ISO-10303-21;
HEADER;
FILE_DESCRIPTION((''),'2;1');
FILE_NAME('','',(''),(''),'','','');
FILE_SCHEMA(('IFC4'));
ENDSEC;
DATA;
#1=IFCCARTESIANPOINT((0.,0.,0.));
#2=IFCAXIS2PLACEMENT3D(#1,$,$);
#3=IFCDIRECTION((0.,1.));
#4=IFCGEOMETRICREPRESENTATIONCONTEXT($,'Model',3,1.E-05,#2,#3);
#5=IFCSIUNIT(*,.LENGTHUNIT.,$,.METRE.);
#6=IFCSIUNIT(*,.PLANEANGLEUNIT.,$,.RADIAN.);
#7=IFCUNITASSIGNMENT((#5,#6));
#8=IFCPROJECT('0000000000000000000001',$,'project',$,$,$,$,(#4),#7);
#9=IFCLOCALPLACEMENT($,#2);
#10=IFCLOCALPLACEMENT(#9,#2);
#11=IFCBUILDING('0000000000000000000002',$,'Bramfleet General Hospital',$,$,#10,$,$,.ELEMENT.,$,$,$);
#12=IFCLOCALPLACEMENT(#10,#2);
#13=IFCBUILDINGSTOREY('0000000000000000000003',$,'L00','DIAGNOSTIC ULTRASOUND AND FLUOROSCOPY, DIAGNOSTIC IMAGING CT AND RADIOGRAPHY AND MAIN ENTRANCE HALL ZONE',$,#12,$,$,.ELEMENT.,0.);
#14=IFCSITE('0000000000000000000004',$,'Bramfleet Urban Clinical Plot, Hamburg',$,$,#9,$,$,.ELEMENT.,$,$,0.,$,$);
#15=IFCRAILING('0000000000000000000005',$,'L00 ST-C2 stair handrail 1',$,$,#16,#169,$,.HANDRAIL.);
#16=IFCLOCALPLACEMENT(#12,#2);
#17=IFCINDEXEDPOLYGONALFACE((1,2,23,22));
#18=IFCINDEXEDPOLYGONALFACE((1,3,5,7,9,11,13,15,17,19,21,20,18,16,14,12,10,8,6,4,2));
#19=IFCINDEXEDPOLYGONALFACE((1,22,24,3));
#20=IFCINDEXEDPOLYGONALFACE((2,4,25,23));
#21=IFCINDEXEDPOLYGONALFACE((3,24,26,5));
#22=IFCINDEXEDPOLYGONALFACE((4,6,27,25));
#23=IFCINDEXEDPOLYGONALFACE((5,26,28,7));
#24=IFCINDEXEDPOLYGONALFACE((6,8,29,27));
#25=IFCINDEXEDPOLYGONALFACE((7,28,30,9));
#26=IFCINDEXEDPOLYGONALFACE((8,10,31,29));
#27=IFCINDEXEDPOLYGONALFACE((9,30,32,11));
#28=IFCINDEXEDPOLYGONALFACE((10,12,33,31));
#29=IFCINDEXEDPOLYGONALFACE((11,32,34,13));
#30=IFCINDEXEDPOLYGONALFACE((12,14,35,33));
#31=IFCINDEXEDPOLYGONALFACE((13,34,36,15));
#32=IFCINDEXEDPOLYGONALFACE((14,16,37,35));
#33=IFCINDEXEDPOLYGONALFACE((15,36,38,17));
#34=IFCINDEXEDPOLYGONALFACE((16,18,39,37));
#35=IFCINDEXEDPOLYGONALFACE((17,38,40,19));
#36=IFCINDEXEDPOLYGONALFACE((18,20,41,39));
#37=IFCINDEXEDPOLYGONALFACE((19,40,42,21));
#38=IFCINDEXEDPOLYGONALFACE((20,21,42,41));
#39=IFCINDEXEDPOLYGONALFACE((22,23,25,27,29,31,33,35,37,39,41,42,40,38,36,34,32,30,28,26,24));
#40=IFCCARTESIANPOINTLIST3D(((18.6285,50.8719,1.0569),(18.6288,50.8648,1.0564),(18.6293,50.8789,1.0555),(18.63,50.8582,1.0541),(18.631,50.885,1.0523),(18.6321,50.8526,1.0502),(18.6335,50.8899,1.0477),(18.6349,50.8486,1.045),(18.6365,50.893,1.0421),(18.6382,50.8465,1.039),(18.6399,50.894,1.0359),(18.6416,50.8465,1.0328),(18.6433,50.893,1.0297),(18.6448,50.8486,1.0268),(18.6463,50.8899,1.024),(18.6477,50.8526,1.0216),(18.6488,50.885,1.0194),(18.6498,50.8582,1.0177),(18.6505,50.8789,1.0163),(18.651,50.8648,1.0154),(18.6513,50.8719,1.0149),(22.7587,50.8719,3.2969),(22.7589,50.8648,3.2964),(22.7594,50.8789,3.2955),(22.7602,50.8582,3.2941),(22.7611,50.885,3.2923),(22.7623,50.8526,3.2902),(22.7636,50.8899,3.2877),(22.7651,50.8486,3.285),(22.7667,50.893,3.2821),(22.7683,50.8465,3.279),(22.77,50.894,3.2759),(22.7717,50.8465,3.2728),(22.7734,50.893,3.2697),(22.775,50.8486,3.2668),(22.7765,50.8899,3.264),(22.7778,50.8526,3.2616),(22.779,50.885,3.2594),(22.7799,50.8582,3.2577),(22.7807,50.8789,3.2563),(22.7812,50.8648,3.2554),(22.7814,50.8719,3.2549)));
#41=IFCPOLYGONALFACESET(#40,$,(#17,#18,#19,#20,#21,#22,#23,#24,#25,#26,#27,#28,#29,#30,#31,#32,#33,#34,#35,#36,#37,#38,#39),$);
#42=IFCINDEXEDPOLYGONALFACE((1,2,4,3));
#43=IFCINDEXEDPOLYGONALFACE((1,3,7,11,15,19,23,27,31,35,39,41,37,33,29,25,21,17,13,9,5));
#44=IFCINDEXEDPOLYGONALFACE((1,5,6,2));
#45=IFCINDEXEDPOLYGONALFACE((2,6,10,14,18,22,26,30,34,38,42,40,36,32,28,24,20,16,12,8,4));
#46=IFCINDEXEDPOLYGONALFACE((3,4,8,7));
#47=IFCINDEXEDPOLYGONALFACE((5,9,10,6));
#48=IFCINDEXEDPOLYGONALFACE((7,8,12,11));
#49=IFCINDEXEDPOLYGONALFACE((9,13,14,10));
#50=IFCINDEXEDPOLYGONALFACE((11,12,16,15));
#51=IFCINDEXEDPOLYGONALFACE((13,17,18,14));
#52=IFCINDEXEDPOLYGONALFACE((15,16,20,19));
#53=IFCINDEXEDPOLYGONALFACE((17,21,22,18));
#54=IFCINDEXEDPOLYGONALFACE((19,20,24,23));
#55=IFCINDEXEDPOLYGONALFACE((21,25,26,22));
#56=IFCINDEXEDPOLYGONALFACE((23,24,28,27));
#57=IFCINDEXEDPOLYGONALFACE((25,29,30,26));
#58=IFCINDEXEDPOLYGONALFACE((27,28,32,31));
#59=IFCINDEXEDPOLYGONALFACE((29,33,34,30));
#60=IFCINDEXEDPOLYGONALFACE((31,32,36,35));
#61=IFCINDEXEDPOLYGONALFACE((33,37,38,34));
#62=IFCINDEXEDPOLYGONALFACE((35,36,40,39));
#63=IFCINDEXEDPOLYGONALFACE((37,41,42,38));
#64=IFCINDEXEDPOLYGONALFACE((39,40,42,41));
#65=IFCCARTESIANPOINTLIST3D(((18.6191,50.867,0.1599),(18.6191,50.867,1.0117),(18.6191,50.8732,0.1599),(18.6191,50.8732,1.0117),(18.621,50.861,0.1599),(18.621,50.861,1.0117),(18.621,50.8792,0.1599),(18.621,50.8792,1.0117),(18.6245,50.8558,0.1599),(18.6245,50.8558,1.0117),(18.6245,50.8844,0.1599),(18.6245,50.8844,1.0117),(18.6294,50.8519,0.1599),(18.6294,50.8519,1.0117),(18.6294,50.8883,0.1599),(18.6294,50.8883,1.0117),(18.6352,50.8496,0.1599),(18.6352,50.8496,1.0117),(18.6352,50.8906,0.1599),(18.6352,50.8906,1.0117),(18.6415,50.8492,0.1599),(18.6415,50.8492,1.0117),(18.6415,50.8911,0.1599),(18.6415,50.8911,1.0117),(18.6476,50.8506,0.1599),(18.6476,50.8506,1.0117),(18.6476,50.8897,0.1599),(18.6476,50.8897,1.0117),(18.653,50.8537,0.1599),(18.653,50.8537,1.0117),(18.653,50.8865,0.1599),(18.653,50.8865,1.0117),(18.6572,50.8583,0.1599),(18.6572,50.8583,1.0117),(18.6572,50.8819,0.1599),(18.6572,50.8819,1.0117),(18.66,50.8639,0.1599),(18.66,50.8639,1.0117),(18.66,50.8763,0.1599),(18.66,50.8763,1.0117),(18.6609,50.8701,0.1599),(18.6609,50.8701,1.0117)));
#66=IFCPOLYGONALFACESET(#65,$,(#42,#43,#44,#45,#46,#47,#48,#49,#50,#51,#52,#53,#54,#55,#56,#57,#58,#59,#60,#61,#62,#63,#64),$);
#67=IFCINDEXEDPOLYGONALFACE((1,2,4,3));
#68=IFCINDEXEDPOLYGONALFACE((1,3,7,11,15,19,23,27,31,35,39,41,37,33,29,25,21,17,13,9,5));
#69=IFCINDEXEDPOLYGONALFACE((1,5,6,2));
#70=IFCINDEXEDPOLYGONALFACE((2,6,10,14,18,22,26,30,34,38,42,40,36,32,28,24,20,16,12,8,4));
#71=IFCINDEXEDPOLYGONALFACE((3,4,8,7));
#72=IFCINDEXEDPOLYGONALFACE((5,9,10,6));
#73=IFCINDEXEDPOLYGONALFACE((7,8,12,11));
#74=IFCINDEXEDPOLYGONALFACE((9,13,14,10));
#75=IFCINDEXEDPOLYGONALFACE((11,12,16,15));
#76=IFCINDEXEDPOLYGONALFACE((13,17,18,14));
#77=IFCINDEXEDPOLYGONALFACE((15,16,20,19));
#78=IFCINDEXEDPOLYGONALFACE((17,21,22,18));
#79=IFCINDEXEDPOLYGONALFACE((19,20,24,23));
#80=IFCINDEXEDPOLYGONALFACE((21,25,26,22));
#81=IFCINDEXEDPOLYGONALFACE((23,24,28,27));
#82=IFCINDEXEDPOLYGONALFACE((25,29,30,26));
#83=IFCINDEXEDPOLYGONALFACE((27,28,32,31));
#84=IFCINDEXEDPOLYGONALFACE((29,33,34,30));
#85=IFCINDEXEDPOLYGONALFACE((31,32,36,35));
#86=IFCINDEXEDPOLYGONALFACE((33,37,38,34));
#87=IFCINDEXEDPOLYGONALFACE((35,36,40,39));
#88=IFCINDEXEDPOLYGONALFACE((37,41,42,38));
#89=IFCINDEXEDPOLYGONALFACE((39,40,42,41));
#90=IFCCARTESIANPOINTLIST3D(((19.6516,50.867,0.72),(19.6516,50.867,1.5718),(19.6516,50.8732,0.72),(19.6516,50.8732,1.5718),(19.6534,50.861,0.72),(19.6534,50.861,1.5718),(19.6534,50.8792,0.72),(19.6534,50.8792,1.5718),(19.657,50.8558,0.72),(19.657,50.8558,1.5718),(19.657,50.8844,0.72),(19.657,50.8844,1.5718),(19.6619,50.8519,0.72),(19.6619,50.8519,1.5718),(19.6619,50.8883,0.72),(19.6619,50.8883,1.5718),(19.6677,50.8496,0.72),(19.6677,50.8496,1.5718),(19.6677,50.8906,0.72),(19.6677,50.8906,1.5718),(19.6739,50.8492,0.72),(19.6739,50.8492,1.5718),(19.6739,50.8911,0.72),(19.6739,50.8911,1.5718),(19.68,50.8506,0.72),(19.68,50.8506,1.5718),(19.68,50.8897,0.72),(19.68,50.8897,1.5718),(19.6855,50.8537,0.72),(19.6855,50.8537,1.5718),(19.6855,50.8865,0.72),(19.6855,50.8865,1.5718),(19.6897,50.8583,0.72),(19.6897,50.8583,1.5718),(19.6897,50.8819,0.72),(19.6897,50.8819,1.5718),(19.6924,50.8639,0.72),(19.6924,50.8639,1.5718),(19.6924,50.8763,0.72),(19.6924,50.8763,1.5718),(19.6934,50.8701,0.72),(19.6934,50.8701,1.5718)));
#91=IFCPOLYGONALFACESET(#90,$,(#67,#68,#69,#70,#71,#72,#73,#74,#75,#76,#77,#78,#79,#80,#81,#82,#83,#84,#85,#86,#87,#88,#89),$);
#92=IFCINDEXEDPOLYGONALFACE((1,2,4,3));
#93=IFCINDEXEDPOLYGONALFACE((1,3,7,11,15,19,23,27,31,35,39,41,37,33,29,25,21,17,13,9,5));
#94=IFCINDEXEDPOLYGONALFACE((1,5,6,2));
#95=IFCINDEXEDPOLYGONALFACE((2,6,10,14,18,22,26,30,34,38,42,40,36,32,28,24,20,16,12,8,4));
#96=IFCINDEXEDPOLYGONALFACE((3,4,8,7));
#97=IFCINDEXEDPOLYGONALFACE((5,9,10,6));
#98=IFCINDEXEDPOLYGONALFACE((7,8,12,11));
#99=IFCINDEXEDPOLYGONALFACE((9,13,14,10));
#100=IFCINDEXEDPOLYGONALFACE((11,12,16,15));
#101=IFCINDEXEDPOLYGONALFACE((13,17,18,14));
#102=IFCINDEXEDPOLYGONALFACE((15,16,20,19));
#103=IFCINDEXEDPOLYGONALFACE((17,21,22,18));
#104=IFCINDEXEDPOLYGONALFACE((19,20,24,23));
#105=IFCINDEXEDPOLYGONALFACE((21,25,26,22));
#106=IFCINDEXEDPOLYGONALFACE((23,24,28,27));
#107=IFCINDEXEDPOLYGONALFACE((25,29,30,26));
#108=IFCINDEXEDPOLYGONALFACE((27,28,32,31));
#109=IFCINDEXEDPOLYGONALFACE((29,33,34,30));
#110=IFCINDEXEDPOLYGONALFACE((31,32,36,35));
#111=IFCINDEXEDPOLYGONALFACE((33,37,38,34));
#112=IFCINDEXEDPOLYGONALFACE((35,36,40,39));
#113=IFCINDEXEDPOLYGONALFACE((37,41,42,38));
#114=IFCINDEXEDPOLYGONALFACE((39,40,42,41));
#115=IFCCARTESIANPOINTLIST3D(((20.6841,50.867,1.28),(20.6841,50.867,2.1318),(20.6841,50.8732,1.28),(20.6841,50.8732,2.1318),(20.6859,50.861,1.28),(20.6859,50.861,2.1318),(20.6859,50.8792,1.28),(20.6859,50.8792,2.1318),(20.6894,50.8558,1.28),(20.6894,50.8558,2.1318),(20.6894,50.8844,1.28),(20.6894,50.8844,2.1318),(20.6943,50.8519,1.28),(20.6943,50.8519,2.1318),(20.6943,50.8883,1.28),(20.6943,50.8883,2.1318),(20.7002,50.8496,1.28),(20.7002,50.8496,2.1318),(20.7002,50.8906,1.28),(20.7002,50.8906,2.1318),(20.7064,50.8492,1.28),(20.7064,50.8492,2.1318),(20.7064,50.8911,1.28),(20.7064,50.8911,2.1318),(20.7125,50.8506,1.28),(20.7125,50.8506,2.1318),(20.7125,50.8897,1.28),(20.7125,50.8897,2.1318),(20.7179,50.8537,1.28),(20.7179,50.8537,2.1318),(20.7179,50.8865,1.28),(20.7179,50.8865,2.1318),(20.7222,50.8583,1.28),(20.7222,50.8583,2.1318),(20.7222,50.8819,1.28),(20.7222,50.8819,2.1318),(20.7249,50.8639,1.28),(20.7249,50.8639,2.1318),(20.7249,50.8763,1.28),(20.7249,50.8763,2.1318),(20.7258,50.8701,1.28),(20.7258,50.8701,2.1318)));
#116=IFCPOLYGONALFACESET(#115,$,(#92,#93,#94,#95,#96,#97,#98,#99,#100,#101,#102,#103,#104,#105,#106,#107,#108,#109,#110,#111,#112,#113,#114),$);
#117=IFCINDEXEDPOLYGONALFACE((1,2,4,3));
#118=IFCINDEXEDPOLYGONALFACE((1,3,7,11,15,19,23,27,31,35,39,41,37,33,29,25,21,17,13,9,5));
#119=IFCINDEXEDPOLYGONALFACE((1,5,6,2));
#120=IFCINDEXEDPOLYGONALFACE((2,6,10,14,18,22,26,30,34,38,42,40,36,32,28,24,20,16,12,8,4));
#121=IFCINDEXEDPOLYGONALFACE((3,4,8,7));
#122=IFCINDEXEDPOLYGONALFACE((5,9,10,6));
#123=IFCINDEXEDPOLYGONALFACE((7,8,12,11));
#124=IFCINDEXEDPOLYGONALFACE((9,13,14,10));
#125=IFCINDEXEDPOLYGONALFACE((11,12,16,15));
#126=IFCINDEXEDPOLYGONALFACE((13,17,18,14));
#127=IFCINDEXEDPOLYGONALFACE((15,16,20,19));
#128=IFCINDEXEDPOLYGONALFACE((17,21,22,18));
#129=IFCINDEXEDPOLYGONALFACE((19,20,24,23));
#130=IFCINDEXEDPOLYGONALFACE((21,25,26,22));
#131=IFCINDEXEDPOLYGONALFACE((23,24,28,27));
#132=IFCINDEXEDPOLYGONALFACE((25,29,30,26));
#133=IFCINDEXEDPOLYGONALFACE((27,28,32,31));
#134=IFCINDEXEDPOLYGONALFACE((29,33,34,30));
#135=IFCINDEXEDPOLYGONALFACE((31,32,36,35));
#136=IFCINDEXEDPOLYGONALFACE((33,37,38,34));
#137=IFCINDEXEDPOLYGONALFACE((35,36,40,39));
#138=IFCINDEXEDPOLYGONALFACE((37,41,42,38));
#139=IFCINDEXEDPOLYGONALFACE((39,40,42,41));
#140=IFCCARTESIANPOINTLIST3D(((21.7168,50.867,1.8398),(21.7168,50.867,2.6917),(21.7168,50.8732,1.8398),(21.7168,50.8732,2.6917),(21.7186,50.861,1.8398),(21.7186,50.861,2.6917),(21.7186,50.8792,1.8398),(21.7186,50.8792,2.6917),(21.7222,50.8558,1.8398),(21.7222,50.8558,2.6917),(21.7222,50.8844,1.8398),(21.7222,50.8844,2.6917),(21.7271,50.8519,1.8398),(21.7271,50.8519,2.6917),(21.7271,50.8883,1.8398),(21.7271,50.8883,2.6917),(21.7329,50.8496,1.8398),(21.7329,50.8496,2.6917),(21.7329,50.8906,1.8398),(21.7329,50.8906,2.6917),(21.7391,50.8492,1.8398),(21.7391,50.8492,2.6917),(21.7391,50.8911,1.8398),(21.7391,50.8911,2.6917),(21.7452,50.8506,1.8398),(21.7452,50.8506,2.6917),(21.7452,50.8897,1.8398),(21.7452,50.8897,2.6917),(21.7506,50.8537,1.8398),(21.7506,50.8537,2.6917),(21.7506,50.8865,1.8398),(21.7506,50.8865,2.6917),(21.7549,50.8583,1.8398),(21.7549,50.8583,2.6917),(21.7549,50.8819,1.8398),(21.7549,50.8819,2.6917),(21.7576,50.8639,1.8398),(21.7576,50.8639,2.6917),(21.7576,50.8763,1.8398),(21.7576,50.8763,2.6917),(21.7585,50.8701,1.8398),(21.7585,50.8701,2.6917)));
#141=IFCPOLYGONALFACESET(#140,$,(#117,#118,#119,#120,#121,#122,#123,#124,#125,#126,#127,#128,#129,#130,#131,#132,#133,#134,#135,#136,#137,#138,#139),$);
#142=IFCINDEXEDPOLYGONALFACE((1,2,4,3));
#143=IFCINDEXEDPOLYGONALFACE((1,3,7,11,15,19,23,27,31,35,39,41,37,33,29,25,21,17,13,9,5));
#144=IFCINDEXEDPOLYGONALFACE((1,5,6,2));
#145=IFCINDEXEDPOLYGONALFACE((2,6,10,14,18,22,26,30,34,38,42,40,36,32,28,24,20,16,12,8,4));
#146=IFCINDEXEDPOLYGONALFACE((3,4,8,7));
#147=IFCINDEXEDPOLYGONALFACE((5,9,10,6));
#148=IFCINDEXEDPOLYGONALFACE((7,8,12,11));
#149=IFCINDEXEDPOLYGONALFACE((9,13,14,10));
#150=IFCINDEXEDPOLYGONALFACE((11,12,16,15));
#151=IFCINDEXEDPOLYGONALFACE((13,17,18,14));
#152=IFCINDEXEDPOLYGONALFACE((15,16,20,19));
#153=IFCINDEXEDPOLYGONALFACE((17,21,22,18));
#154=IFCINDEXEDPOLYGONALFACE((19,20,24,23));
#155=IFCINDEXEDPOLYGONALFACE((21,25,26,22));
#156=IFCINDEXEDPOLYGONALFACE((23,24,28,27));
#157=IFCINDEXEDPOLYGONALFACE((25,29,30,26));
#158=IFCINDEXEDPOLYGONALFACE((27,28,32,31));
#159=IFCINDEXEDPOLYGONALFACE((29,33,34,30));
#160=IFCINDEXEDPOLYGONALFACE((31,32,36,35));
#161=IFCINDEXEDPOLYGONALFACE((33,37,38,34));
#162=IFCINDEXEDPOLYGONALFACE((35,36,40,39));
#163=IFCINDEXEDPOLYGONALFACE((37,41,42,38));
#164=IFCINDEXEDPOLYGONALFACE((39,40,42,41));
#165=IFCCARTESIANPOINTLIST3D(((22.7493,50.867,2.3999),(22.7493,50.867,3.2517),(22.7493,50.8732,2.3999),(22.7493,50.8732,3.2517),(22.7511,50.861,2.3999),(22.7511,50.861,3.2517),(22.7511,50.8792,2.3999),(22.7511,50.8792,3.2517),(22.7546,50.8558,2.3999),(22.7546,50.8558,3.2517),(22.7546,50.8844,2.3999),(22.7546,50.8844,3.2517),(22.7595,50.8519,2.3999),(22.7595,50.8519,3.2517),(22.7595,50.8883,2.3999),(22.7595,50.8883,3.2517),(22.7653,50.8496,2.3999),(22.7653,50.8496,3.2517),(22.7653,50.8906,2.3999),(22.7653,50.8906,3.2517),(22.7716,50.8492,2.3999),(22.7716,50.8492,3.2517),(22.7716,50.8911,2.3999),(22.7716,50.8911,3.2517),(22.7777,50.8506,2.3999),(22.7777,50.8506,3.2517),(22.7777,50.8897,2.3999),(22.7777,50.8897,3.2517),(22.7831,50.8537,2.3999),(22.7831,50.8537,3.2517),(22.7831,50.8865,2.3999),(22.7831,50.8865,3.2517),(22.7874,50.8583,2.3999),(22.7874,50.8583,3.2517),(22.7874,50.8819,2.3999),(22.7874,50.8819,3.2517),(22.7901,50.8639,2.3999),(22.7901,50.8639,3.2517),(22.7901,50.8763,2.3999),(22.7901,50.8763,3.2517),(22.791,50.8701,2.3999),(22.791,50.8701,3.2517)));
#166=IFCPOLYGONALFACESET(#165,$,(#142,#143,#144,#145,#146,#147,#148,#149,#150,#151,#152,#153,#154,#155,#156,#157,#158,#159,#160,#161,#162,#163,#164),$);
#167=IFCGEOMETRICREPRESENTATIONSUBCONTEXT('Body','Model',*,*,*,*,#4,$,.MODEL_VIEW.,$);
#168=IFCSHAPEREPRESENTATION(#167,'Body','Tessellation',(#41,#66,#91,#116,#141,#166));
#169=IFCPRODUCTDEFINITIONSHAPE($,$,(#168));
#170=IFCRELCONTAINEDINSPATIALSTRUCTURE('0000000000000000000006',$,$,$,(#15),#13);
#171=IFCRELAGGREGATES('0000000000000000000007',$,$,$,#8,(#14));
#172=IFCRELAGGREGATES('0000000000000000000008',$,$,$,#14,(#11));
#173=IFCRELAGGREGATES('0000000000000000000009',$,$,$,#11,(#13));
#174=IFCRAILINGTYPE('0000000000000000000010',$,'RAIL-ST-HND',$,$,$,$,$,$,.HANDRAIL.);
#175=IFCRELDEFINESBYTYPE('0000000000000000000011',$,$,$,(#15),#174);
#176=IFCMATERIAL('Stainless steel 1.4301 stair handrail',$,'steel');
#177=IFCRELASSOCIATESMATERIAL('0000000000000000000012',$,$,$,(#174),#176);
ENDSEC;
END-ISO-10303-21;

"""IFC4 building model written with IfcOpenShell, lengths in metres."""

from ifc_helpers import new_model, si_unit, direction, frame, origin, origin_2d, place, context, subcontext, project, spatial, circle, extrude, material, type_object, element, save


model = new_model("IFC4")

# Units and contexts
model_context = context("Model", 3, precision=1e-05, world=origin(), true_north=direction((0.0, 1.0)))
body_context = subcontext(model_context, "Body", "Model", "MODEL_VIEW")
ifc_project = project(units=[si_unit("LENGTHUNIT", "METRE"), si_unit("PLANEANGLEUNIT", "RADIAN")], contexts=[model_context])

# Site, building, storey
site_placement = place(None, origin())
site = spatial("IfcSite", under=ifc_project, at=site_placement, Name="Bramfleet Urban Clinical Plot, Hamburg", CompositionType="ELEMENT", RefElevation=0.0)
building_placement = place(site_placement, origin())
building = spatial("IfcBuilding", under=site, at=building_placement, Name="Bramfleet General Hospital", CompositionType="ELEMENT")
storey_placement = place(building_placement, origin())
storey = spatial("IfcBuildingStorey", under=building, at=storey_placement, Name="L00", Description="DIAGNOSTIC ULTRASOUND AND FLUOROSCOPY, DIAGNOSTIC IMAGING CT AND RADIOGRAPHY AND MAIN ENTRANCE HALL ZONE", CompositionType="ELEMENT", Elevation=0.0)

# Railing
ifc_material_1 = material(Name="Stainless steel 1.4301 stair handrail", Category="steel")
railing_type_1 = type_object("IfcRailingType", Name="RAIL-ST-HND", PredefinedType="HANDRAIL", material=ifc_material_1)
railing_1_placement = place(storey_placement, frame((18.6399, 50.8701, 0.1599)))
element("IfcRailing", 1, at=railing_1_placement, inside=storey, type_object=railing_type_1, Name="L00 ST-C2 stair handrail 1", PredefinedType="HANDRAIL", context=body_context, shape_type="SweptSolid", body=[
    extrude(circle(Radius=0.0239, at=origin_2d()), frame((0.0, 0.0, 0.876), z_axis=(0.879039, 0.0, 0.47675), x_axis=(0.0, 1.0, 0.0)), (0.0, 0.0, 1.0), 4.6985),
    extrude(circle(Radius=0.021, at=origin_2d()), origin(), (0.0, 0.0, 1.0), 0.8518),
    extrude(circle(Radius=0.021, at=origin_2d()), frame((1.0325, 0.0, 0.5601)), (0.0, 0.0, 1.0), 0.8518),
    extrude(circle(Radius=0.021, at=origin_2d()), frame((2.0649, 0.0, 1.1201)), (0.0, 0.0, 1.0), 0.8518),
    extrude(circle(Radius=0.021, at=origin_2d()), frame((3.0977, 0.0, 1.6799)), (0.0, 0.0, 1.0), 0.8518),
    extrude(circle(Radius=0.021, at=origin_2d()), frame((4.1301, 0.0, 2.24)), (0.0, 0.0, 1.0), 0.8518),
])

save(model, "model.ifc")
